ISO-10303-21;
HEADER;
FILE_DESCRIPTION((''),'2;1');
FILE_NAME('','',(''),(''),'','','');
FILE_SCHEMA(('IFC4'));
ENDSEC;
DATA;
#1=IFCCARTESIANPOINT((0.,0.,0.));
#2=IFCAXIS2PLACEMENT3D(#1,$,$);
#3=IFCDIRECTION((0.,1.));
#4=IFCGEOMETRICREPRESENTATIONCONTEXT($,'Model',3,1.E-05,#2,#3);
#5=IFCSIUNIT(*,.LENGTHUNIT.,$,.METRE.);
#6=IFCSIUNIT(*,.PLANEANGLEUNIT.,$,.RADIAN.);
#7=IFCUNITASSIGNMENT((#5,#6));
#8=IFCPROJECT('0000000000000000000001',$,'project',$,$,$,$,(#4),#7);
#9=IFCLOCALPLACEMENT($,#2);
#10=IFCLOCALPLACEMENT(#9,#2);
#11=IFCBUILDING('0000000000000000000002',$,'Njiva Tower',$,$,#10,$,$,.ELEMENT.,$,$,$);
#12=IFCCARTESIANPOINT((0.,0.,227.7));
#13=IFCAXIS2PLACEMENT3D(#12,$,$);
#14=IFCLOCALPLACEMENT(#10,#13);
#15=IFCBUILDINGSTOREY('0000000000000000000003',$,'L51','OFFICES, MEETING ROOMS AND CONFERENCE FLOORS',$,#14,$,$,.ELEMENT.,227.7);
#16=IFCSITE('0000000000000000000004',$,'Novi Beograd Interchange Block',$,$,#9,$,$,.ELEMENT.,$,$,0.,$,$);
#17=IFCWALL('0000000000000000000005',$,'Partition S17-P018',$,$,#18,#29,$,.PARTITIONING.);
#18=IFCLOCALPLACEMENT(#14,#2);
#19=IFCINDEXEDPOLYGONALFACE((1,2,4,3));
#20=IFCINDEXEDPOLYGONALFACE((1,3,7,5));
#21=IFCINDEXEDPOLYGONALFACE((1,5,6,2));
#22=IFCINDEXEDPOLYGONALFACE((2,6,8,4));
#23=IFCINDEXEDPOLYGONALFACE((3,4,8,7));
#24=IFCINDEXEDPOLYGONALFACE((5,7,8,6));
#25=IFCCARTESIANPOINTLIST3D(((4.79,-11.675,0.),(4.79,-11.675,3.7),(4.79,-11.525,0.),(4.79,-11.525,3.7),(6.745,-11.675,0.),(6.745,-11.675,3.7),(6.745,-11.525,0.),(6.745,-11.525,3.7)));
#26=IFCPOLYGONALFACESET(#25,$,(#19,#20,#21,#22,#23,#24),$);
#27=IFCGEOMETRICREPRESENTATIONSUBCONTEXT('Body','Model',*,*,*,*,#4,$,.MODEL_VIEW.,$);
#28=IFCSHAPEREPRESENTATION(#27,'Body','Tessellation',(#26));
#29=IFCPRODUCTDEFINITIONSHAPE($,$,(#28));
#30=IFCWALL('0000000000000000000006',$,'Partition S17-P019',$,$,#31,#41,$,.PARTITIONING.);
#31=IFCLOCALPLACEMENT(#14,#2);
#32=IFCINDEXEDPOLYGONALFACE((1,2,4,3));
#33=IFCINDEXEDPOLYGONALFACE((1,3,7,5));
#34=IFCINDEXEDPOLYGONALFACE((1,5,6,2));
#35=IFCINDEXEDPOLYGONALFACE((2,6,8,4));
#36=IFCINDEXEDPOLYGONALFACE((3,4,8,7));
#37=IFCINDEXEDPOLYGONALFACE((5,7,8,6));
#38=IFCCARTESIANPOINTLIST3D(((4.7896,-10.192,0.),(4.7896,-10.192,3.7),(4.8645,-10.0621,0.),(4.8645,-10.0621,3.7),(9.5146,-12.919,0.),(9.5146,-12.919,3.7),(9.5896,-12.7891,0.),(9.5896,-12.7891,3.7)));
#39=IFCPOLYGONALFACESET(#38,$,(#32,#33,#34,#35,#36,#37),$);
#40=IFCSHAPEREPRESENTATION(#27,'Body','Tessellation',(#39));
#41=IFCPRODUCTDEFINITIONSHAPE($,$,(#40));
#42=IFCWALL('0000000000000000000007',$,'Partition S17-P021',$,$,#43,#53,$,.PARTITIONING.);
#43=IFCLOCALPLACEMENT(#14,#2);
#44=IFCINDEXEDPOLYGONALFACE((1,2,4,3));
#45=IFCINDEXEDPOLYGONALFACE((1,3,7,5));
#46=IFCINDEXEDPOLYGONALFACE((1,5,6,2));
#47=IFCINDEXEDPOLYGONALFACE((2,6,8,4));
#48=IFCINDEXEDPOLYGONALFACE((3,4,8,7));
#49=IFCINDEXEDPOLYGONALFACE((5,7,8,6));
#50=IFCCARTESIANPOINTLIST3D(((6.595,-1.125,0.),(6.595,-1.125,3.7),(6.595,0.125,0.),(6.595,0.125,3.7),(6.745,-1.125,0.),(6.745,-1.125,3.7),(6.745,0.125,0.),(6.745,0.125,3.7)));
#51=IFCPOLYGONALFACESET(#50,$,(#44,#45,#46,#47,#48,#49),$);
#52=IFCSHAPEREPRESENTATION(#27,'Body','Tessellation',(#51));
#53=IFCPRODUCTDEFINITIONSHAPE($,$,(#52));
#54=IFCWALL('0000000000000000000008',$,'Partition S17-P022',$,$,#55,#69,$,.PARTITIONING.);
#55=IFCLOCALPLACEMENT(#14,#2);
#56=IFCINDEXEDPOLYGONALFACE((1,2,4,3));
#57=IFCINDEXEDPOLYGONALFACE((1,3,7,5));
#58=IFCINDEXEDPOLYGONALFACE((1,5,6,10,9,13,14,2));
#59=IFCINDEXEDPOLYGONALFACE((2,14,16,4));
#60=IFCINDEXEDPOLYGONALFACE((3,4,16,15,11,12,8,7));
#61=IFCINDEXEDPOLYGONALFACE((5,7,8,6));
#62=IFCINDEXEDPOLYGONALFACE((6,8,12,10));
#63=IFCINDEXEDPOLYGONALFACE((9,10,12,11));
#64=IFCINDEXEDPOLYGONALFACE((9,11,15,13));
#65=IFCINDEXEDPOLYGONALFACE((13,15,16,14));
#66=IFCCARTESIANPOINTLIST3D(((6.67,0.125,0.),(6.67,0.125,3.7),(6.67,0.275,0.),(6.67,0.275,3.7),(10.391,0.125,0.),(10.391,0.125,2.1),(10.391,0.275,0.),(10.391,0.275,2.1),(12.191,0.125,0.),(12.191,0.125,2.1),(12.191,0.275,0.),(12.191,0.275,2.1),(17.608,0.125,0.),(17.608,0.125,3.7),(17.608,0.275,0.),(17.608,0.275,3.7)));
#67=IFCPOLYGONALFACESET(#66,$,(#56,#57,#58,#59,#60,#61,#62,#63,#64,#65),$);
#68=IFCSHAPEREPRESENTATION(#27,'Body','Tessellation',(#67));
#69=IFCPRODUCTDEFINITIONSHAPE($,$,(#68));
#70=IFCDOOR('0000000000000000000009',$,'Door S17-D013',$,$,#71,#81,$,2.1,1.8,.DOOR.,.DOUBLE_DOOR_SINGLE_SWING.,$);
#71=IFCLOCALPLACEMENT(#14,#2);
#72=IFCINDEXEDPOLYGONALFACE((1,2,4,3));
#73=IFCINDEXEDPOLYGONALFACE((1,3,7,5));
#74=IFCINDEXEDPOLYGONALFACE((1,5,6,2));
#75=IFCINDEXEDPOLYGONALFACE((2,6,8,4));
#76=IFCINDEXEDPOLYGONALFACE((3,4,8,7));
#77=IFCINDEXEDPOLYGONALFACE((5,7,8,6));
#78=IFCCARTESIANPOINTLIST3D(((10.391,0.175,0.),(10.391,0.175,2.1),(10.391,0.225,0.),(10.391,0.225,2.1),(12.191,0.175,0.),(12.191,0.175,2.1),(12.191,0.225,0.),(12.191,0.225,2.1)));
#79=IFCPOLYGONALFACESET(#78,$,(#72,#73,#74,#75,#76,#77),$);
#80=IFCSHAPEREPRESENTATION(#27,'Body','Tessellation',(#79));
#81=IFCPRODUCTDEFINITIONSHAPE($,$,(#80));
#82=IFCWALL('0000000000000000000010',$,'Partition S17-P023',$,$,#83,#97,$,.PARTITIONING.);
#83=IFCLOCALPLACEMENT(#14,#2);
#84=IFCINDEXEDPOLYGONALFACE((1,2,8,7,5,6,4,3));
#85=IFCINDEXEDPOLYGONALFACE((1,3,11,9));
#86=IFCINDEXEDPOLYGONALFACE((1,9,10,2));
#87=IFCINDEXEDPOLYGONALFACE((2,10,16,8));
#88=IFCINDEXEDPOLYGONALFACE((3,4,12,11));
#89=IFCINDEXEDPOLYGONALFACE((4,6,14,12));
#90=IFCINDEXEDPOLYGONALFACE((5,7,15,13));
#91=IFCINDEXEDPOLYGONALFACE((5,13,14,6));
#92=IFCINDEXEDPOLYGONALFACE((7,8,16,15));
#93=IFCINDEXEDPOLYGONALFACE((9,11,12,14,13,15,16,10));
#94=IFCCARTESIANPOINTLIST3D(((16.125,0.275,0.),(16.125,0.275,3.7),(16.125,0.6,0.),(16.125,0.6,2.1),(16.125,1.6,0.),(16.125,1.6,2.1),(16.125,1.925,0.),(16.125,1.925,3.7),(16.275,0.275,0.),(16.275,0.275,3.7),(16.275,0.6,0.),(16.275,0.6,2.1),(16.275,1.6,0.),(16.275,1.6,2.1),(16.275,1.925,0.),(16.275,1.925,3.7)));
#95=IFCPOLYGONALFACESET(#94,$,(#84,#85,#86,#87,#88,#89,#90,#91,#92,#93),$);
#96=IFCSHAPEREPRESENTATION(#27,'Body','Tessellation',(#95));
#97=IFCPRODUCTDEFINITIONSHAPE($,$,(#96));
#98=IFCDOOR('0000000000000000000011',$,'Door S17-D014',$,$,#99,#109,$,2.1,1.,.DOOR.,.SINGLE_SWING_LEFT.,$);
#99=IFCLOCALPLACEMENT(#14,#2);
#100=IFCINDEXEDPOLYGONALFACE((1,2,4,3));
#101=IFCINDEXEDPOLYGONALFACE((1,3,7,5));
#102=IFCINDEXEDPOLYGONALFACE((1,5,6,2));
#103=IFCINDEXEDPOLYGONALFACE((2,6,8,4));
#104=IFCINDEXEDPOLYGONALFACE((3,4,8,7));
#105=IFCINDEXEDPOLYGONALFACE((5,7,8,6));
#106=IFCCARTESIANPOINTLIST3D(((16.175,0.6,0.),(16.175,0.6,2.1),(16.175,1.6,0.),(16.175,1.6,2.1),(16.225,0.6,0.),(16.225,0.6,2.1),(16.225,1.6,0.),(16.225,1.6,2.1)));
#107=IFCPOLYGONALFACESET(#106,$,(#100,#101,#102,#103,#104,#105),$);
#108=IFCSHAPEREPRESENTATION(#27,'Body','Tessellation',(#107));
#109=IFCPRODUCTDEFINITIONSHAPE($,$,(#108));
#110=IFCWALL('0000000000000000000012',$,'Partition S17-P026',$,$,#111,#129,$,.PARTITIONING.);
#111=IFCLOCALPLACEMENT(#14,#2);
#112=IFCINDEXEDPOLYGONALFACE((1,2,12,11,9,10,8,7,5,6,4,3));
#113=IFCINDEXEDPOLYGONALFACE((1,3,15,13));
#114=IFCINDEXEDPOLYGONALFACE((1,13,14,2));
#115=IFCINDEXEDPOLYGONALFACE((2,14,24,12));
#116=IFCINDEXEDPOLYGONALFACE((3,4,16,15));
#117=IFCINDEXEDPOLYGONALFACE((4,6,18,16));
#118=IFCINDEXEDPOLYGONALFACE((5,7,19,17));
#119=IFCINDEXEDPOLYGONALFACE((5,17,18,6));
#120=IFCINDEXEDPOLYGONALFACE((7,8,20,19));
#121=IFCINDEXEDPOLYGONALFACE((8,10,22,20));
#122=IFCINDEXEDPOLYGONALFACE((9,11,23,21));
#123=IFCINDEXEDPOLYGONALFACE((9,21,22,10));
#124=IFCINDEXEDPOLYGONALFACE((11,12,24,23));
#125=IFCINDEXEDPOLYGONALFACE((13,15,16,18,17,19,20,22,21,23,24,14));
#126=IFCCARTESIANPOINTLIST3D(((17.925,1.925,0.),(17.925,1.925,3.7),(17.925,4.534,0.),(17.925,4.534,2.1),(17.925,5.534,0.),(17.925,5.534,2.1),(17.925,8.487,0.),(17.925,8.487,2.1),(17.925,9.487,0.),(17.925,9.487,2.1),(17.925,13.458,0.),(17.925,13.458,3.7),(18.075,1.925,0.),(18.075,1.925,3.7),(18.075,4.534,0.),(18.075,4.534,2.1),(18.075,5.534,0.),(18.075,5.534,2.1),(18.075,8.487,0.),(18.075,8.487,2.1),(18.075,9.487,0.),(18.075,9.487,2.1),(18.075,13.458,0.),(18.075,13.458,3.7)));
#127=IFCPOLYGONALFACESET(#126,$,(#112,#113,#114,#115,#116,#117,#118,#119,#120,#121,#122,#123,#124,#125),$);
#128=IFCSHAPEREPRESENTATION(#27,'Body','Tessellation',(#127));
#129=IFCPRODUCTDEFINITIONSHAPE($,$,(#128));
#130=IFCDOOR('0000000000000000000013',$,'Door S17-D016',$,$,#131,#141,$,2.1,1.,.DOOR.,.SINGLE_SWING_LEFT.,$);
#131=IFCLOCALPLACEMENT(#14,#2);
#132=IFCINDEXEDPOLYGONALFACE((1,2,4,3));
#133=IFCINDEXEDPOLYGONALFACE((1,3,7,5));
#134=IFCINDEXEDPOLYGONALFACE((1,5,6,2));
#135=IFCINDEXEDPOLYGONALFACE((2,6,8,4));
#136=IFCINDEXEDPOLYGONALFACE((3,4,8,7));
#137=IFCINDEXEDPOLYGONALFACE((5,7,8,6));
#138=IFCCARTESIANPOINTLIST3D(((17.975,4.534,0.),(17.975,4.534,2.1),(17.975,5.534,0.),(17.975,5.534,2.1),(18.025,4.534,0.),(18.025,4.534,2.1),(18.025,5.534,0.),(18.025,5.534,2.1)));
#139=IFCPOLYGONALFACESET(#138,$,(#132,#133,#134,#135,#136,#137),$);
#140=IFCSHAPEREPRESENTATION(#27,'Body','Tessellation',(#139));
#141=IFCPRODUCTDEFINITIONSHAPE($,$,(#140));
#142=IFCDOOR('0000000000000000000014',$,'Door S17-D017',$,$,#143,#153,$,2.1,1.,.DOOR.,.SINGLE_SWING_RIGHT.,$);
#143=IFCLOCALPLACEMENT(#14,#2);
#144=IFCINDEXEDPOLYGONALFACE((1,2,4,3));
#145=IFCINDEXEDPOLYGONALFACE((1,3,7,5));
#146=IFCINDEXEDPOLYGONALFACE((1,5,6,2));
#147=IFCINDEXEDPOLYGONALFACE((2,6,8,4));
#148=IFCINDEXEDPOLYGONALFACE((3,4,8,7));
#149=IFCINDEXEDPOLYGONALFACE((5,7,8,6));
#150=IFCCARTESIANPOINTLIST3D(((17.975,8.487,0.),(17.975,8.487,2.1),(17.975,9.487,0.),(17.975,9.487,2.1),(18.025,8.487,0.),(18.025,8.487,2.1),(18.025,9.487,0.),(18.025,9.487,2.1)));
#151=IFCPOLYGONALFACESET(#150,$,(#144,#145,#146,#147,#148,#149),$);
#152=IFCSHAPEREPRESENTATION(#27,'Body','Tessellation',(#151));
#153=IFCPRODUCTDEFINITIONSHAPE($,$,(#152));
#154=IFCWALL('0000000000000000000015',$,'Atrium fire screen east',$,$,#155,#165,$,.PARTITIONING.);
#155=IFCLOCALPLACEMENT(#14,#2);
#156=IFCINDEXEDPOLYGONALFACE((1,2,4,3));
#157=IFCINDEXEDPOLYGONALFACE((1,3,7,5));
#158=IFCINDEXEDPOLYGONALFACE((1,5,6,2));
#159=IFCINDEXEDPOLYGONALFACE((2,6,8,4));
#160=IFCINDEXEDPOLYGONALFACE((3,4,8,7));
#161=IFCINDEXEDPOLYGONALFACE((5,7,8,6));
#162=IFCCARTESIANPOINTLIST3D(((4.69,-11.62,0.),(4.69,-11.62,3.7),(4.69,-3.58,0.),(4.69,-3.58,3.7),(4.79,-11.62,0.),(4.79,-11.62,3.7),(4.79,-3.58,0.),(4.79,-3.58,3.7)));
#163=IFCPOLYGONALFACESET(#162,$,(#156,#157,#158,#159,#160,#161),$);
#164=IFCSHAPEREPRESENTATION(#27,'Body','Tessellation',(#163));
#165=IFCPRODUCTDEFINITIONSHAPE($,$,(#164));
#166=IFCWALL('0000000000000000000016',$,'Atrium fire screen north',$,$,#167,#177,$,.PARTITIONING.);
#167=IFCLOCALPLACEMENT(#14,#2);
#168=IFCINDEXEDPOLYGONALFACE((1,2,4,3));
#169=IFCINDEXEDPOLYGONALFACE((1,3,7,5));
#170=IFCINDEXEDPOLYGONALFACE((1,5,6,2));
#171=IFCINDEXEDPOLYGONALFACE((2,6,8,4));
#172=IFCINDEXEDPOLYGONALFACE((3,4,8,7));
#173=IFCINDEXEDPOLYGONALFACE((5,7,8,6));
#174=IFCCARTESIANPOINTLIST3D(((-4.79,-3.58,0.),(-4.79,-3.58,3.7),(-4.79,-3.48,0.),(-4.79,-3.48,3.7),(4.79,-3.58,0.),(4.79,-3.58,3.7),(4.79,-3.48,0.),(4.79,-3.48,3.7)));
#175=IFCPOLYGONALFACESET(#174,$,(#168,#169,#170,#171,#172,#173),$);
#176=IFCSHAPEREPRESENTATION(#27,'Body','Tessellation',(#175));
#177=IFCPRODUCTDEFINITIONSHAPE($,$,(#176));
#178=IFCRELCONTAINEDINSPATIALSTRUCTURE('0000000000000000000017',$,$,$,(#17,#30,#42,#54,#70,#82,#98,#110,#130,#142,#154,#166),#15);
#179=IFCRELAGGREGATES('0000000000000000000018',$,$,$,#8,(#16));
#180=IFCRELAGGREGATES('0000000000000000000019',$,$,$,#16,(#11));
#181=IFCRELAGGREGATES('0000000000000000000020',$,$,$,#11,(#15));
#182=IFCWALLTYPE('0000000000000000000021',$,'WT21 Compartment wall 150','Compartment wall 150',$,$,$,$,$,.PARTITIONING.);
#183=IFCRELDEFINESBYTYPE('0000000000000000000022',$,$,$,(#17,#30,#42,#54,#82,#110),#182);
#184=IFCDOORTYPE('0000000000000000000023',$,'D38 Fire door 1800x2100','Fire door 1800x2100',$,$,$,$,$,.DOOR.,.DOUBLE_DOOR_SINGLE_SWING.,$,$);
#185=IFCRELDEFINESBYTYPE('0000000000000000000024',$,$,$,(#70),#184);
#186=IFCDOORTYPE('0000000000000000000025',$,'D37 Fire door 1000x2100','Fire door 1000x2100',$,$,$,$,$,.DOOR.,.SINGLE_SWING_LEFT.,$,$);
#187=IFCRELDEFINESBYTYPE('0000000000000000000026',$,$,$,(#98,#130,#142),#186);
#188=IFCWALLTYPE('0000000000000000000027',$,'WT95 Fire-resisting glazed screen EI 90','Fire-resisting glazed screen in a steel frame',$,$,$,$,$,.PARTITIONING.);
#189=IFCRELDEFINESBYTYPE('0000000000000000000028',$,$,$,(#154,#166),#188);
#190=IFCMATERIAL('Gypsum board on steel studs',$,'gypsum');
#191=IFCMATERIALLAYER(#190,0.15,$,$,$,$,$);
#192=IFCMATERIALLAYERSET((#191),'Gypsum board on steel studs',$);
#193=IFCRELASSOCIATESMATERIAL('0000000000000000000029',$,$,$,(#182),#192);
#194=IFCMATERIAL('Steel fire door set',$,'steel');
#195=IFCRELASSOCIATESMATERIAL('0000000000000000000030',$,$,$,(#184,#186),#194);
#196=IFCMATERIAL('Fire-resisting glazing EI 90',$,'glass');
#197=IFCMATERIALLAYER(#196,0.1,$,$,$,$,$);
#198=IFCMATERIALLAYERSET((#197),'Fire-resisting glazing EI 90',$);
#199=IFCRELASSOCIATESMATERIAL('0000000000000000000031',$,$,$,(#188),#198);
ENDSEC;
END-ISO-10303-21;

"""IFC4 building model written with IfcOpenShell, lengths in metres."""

from ifc_helpers import new_model, si_unit, direction, frame, frame_2d, origin, place, context, subcontext, project, spatial, rectangle, extrude, material, layer, layer_set, type_object, element, fill, save


model = new_model("IFC4")

# Units and contexts
model_context = context("Model", 3, precision=1e-05, world=origin(), true_north=direction((0.0, 1.0)))
body_context = subcontext(model_context, "Body", "Model", "MODEL_VIEW")
ifc_project = project(units=[si_unit("LENGTHUNIT", "METRE"), si_unit("PLANEANGLEUNIT", "RADIAN")], contexts=[model_context])

# Site, building, storey
site_placement = place(None, origin())
site = spatial("IfcSite", under=ifc_project, at=site_placement, Name="Novi Beograd Interchange Block", CompositionType="ELEMENT", RefElevation=0.0)
building_placement = place(site_placement, origin())
building = spatial("IfcBuilding", under=site, at=building_placement, Name="Njiva Tower", CompositionType="ELEMENT")
storey_placement = place(building_placement, frame((0.0, 0.0, 227.7)))
storey = spatial("IfcBuildingStorey", under=building, at=storey_placement, Name="L51", Description="OFFICES, MEETING ROOMS AND CONFERENCE FLOORS", CompositionType="ELEMENT", Elevation=227.7)

# Walls
ifc_material_1 = material(Name="Gypsum board on steel studs", Category="gypsum")
ifc_layer_1 = layer(ifc_material_1, 0.15)
ifc_layer_set_1 = layer_set([ifc_layer_1], Name="Gypsum board on steel studs")
wall_type_1 = type_object("IfcWallType", Name="WT21 Compartment wall 150", Description="Compartment wall 150", PredefinedType="PARTITIONING", material=ifc_layer_set_1)
wall_1_placement = place(storey_placement, frame((4.79, -11.6, 0.0), z_axis=(0.0, 0.0, 1.0), x_axis=(1.0, 0.0, 0.0)))
element("IfcWall", 1, at=wall_1_placement, inside=storey, type_object=wall_type_1, Name="Partition S17-P018", PredefinedType="PARTITIONING", context=body_context, shape_type="SweptSolid", body=[
    extrude(rectangle(XDim=1.955, YDim=0.15, at=frame_2d((0.9775, 0.0))), origin(), (0.0, 0.0, 1.0), 3.7),
])
wall_2_placement = place(storey_placement, frame((4.827, -10.127, 0.0), z_axis=(0.0, 0.0, 1.0), x_axis=(0.866103, -0.499865, 0.0)))
element("IfcWall", 2, at=wall_2_placement, inside=storey, type_object=wall_type_1, Name="Partition S17-P019", PredefinedType="PARTITIONING", context=body_context, shape_type="SweptSolid", body=[
    extrude(rectangle(XDim=5.4555, YDim=0.15, at=frame_2d((2.7278, 0.0))), origin(), (0.0, 0.0, 1.0), 3.7),
])
wall_3_placement = place(storey_placement, frame((6.67, -1.125, 0.0), z_axis=(0.0, 0.0, 1.0), x_axis=(0.0, 1.0, 0.0)))
element("IfcWall", 3, at=wall_3_placement, inside=storey, type_object=wall_type_1, Name="Partition S17-P021", PredefinedType="PARTITIONING", context=body_context, shape_type="SweptSolid", body=[
    extrude(rectangle(XDim=1.25, YDim=0.15, at=frame_2d((0.625, 0.0))), origin(), (0.0, 0.0, 1.0), 3.7),
])

# Walls, openings, doors
wall_4_placement = place(storey_placement, frame((6.67, 0.2, 0.0), z_axis=(0.0, 0.0, 1.0), x_axis=(1.0, 0.0, 0.0)))
wall_4 = element("IfcWall", 4, at=wall_4_placement, inside=storey, type_object=wall_type_1, Name="Partition S17-P022", PredefinedType="PARTITIONING", context=body_context, shape_type="SweptSolid", body=[
    extrude(rectangle(XDim=10.938, YDim=0.15, at=frame_2d((5.469, 0.0))), origin(), (0.0, 0.0, 1.0), 3.7),
])
opening_1_placement = place(wall_4_placement, frame((3.721, 0.0, 0.0)))
opening_1 = element("IfcOpeningElement", 5, at=opening_1_placement, cuts=wall_4, PredefinedType="OPENING", context=body_context, shape_type="SweptSolid", body=[
    extrude(rectangle(XDim=1.8, YDim=2.1, at=frame_2d((0.9, 1.05))), frame((0.0, 0.085, 0.0), z_axis=(0.0, -1.0, 0.0), x_axis=(1.0, 0.0, 0.0)), (0.0, 0.0, 1.0), 0.17),
])
ifc_material_2 = material(Name="Steel fire door set", Category="steel")
door_type_1 = type_object("IfcDoorType", Name="D38 Fire door 1800x2100", Description="Fire door 1800x2100", OperationType="DOUBLE_DOOR_SINGLE_SWING", PredefinedType="DOOR", material=ifc_material_2)
door_1_placement = place(opening_1_placement, origin())
door_1 = element("IfcDoor", 6, at=door_1_placement, inside=storey, type_object=door_type_1, Name="Door S17-D013", OperationType="DOUBLE_DOOR_SINGLE_SWING", OverallHeight=2.1, OverallWidth=1.8, PredefinedType="DOOR", context=body_context, shape_type="SweptSolid", body=[
    extrude(rectangle(XDim=1.8, YDim=2.1, at=frame_2d((0.9, 1.05))), frame((0.0, 0.025, 0.0), z_axis=(0.0, -1.0, 0.0), x_axis=(1.0, 0.0, 0.0)), (0.0, 0.0, 1.0), 0.05),
])
fill(opening_1, door_1)
wall_5_placement = place(storey_placement, frame((16.2, 0.275, 0.0), z_axis=(0.0, 0.0, 1.0), x_axis=(0.0, 1.0, 0.0)))
wall_5 = element("IfcWall", 7, at=wall_5_placement, inside=storey, type_object=wall_type_1, Name="Partition S17-P023", PredefinedType="PARTITIONING", context=body_context, shape_type="SweptSolid", body=[
    extrude(rectangle(XDim=1.65, YDim=0.15, at=frame_2d((0.825, 0.0))), origin(), (0.0, 0.0, 1.0), 3.7),
])
opening_2_placement = place(wall_5_placement, frame((0.325, 0.0, 0.0)))
opening_2 = element("IfcOpeningElement", 8, at=opening_2_placement, cuts=wall_5, PredefinedType="OPENING", context=body_context, shape_type="SweptSolid", body=[
    extrude(rectangle(XDim=1.0, YDim=2.1, at=frame_2d((0.5, 1.05))), frame((0.0, 0.085, 0.0), z_axis=(0.0, -1.0, 0.0), x_axis=(1.0, 0.0, 0.0)), (0.0, 0.0, 1.0), 0.17),
])
door_type_2 = type_object("IfcDoorType", Name="D37 Fire door 1000x2100", Description="Fire door 1000x2100", OperationType="SINGLE_SWING_LEFT", PredefinedType="DOOR", material=ifc_material_2)
door_2_placement = place(opening_2_placement, origin())
door_2 = element("IfcDoor", 9, at=door_2_placement, inside=storey, type_object=door_type_2, Name="Door S17-D014", OperationType="SINGLE_SWING_LEFT", OverallHeight=2.1, OverallWidth=1.0, PredefinedType="DOOR", context=body_context, shape_type="SweptSolid", body=[
    extrude(rectangle(XDim=1.0, YDim=2.1, at=frame_2d((0.5, 1.05))), frame((0.0, 0.025, 0.0), z_axis=(0.0, -1.0, 0.0), x_axis=(1.0, 0.0, 0.0)), (0.0, 0.0, 1.0), 0.05),
])
fill(opening_2, door_2)

# Wall, openings, doors
wall_6_placement = place(storey_placement, frame((18.0, 1.925, 0.0), z_axis=(0.0, 0.0, 1.0), x_axis=(0.0, 1.0, 0.0)))
wall_6 = element("IfcWall", 10, at=wall_6_placement, inside=storey, type_object=wall_type_1, Name="Partition S17-P026", PredefinedType="PARTITIONING", context=body_context, shape_type="SweptSolid", body=[
    extrude(rectangle(XDim=11.533, YDim=0.15, at=frame_2d((5.7665, 0.0))), origin(), (0.0, 0.0, 1.0), 3.7),
])
opening_3_placement = place(wall_6_placement, frame((2.609, 0.0, 0.0)))
opening_3 = element("IfcOpeningElement", 11, at=opening_3_placement, cuts=wall_6, PredefinedType="OPENING", context=body_context, shape_type="SweptSolid", body=[
    extrude(rectangle(XDim=1.0, YDim=2.1, at=frame_2d((0.5, 1.05))), frame((0.0, 0.085, 0.0), z_axis=(0.0, -1.0, 0.0), x_axis=(1.0, 0.0, 0.0)), (0.0, 0.0, 1.0), 0.17),
])
opening_4_placement = place(wall_6_placement, frame((6.562, 0.0, 0.0)))
opening_4 = element("IfcOpeningElement", 12, at=opening_4_placement, cuts=wall_6, PredefinedType="OPENING", context=body_context, shape_type="SweptSolid", body=[
    extrude(rectangle(XDim=1.0, YDim=2.1, at=frame_2d((0.5, 1.05))), frame((0.0, 0.085, 0.0), z_axis=(0.0, -1.0, 0.0), x_axis=(1.0, 0.0, 0.0)), (0.0, 0.0, 1.0), 0.17),
])
door_3_placement = place(opening_3_placement, origin())
door_3 = element("IfcDoor", 13, at=door_3_placement, inside=storey, type_object=door_type_2, Name="Door S17-D016", OperationType="SINGLE_SWING_LEFT", OverallHeight=2.1, OverallWidth=1.0, PredefinedType="DOOR", context=body_context, shape_type="SweptSolid", body=[
    extrude(rectangle(XDim=1.0, YDim=2.1, at=frame_2d((0.5, 1.05))), frame((0.0, 0.025, 0.0), z_axis=(0.0, -1.0, 0.0), x_axis=(1.0, 0.0, 0.0)), (0.0, 0.0, 1.0), 0.05),
])
fill(opening_3, door_3)
door_4_placement = place(opening_4_placement, origin())
door_4 = element("IfcDoor", 14, at=door_4_placement, inside=storey, type_object=door_type_2, Name="Door S17-D017", OperationType="SINGLE_SWING_RIGHT", OverallHeight=2.1, OverallWidth=1.0, PredefinedType="DOOR", context=body_context, shape_type="SweptSolid", body=[
    extrude(rectangle(XDim=1.0, YDim=2.1, at=frame_2d((0.5, 1.05))), frame((0.0, 0.025, 0.0), z_axis=(0.0, -1.0, 0.0), x_axis=(1.0, 0.0, 0.0)), (0.0, 0.0, 1.0), 0.05),
])
fill(opening_4, door_4)

# Walls
ifc_material_3 = material(Name="Fire-resisting glazing EI 90", Category="glass")
ifc_layer_2 = layer(ifc_material_3, 0.1)
ifc_layer_set_2 = layer_set([ifc_layer_2], Name="Fire-resisting glazing EI 90")
wall_type_2 = type_object("IfcWallType", Name="WT95 Fire-resisting glazed screen EI 90", Description="Fire-resisting glazed screen in a steel frame", PredefinedType="PARTITIONING", material=ifc_layer_set_2)
wall_7_placement = place(storey_placement, frame((4.74, -11.62, 0.0), z_axis=(0.0, 0.0, 1.0), x_axis=(0.0, 1.0, 0.0)))
element("IfcWall", 15, at=wall_7_placement, inside=storey, type_object=wall_type_2, Name="Atrium fire screen east", PredefinedType="PARTITIONING", context=body_context, shape_type="SweptSolid", body=[
    extrude(rectangle(XDim=8.04, YDim=0.1, at=frame_2d((4.02, 0.0))), origin(), (0.0, 0.0, 1.0), 3.7),
])
wall_8_placement = place(storey_placement, frame((4.79, -3.53, 0.0), z_axis=(0.0, 0.0, 1.0), x_axis=(-1.0, 0.0, 0.0)))
element("IfcWall", 16, at=wall_8_placement, inside=storey, type_object=wall_type_2, Name="Atrium fire screen north", PredefinedType="PARTITIONING", context=body_context, shape_type="SweptSolid", body=[
    extrude(rectangle(XDim=9.58, YDim=0.1, at=frame_2d((4.79, 0.0))), origin(), (0.0, 0.0, 1.0), 3.7),
])

save(model, "model.ifc")
